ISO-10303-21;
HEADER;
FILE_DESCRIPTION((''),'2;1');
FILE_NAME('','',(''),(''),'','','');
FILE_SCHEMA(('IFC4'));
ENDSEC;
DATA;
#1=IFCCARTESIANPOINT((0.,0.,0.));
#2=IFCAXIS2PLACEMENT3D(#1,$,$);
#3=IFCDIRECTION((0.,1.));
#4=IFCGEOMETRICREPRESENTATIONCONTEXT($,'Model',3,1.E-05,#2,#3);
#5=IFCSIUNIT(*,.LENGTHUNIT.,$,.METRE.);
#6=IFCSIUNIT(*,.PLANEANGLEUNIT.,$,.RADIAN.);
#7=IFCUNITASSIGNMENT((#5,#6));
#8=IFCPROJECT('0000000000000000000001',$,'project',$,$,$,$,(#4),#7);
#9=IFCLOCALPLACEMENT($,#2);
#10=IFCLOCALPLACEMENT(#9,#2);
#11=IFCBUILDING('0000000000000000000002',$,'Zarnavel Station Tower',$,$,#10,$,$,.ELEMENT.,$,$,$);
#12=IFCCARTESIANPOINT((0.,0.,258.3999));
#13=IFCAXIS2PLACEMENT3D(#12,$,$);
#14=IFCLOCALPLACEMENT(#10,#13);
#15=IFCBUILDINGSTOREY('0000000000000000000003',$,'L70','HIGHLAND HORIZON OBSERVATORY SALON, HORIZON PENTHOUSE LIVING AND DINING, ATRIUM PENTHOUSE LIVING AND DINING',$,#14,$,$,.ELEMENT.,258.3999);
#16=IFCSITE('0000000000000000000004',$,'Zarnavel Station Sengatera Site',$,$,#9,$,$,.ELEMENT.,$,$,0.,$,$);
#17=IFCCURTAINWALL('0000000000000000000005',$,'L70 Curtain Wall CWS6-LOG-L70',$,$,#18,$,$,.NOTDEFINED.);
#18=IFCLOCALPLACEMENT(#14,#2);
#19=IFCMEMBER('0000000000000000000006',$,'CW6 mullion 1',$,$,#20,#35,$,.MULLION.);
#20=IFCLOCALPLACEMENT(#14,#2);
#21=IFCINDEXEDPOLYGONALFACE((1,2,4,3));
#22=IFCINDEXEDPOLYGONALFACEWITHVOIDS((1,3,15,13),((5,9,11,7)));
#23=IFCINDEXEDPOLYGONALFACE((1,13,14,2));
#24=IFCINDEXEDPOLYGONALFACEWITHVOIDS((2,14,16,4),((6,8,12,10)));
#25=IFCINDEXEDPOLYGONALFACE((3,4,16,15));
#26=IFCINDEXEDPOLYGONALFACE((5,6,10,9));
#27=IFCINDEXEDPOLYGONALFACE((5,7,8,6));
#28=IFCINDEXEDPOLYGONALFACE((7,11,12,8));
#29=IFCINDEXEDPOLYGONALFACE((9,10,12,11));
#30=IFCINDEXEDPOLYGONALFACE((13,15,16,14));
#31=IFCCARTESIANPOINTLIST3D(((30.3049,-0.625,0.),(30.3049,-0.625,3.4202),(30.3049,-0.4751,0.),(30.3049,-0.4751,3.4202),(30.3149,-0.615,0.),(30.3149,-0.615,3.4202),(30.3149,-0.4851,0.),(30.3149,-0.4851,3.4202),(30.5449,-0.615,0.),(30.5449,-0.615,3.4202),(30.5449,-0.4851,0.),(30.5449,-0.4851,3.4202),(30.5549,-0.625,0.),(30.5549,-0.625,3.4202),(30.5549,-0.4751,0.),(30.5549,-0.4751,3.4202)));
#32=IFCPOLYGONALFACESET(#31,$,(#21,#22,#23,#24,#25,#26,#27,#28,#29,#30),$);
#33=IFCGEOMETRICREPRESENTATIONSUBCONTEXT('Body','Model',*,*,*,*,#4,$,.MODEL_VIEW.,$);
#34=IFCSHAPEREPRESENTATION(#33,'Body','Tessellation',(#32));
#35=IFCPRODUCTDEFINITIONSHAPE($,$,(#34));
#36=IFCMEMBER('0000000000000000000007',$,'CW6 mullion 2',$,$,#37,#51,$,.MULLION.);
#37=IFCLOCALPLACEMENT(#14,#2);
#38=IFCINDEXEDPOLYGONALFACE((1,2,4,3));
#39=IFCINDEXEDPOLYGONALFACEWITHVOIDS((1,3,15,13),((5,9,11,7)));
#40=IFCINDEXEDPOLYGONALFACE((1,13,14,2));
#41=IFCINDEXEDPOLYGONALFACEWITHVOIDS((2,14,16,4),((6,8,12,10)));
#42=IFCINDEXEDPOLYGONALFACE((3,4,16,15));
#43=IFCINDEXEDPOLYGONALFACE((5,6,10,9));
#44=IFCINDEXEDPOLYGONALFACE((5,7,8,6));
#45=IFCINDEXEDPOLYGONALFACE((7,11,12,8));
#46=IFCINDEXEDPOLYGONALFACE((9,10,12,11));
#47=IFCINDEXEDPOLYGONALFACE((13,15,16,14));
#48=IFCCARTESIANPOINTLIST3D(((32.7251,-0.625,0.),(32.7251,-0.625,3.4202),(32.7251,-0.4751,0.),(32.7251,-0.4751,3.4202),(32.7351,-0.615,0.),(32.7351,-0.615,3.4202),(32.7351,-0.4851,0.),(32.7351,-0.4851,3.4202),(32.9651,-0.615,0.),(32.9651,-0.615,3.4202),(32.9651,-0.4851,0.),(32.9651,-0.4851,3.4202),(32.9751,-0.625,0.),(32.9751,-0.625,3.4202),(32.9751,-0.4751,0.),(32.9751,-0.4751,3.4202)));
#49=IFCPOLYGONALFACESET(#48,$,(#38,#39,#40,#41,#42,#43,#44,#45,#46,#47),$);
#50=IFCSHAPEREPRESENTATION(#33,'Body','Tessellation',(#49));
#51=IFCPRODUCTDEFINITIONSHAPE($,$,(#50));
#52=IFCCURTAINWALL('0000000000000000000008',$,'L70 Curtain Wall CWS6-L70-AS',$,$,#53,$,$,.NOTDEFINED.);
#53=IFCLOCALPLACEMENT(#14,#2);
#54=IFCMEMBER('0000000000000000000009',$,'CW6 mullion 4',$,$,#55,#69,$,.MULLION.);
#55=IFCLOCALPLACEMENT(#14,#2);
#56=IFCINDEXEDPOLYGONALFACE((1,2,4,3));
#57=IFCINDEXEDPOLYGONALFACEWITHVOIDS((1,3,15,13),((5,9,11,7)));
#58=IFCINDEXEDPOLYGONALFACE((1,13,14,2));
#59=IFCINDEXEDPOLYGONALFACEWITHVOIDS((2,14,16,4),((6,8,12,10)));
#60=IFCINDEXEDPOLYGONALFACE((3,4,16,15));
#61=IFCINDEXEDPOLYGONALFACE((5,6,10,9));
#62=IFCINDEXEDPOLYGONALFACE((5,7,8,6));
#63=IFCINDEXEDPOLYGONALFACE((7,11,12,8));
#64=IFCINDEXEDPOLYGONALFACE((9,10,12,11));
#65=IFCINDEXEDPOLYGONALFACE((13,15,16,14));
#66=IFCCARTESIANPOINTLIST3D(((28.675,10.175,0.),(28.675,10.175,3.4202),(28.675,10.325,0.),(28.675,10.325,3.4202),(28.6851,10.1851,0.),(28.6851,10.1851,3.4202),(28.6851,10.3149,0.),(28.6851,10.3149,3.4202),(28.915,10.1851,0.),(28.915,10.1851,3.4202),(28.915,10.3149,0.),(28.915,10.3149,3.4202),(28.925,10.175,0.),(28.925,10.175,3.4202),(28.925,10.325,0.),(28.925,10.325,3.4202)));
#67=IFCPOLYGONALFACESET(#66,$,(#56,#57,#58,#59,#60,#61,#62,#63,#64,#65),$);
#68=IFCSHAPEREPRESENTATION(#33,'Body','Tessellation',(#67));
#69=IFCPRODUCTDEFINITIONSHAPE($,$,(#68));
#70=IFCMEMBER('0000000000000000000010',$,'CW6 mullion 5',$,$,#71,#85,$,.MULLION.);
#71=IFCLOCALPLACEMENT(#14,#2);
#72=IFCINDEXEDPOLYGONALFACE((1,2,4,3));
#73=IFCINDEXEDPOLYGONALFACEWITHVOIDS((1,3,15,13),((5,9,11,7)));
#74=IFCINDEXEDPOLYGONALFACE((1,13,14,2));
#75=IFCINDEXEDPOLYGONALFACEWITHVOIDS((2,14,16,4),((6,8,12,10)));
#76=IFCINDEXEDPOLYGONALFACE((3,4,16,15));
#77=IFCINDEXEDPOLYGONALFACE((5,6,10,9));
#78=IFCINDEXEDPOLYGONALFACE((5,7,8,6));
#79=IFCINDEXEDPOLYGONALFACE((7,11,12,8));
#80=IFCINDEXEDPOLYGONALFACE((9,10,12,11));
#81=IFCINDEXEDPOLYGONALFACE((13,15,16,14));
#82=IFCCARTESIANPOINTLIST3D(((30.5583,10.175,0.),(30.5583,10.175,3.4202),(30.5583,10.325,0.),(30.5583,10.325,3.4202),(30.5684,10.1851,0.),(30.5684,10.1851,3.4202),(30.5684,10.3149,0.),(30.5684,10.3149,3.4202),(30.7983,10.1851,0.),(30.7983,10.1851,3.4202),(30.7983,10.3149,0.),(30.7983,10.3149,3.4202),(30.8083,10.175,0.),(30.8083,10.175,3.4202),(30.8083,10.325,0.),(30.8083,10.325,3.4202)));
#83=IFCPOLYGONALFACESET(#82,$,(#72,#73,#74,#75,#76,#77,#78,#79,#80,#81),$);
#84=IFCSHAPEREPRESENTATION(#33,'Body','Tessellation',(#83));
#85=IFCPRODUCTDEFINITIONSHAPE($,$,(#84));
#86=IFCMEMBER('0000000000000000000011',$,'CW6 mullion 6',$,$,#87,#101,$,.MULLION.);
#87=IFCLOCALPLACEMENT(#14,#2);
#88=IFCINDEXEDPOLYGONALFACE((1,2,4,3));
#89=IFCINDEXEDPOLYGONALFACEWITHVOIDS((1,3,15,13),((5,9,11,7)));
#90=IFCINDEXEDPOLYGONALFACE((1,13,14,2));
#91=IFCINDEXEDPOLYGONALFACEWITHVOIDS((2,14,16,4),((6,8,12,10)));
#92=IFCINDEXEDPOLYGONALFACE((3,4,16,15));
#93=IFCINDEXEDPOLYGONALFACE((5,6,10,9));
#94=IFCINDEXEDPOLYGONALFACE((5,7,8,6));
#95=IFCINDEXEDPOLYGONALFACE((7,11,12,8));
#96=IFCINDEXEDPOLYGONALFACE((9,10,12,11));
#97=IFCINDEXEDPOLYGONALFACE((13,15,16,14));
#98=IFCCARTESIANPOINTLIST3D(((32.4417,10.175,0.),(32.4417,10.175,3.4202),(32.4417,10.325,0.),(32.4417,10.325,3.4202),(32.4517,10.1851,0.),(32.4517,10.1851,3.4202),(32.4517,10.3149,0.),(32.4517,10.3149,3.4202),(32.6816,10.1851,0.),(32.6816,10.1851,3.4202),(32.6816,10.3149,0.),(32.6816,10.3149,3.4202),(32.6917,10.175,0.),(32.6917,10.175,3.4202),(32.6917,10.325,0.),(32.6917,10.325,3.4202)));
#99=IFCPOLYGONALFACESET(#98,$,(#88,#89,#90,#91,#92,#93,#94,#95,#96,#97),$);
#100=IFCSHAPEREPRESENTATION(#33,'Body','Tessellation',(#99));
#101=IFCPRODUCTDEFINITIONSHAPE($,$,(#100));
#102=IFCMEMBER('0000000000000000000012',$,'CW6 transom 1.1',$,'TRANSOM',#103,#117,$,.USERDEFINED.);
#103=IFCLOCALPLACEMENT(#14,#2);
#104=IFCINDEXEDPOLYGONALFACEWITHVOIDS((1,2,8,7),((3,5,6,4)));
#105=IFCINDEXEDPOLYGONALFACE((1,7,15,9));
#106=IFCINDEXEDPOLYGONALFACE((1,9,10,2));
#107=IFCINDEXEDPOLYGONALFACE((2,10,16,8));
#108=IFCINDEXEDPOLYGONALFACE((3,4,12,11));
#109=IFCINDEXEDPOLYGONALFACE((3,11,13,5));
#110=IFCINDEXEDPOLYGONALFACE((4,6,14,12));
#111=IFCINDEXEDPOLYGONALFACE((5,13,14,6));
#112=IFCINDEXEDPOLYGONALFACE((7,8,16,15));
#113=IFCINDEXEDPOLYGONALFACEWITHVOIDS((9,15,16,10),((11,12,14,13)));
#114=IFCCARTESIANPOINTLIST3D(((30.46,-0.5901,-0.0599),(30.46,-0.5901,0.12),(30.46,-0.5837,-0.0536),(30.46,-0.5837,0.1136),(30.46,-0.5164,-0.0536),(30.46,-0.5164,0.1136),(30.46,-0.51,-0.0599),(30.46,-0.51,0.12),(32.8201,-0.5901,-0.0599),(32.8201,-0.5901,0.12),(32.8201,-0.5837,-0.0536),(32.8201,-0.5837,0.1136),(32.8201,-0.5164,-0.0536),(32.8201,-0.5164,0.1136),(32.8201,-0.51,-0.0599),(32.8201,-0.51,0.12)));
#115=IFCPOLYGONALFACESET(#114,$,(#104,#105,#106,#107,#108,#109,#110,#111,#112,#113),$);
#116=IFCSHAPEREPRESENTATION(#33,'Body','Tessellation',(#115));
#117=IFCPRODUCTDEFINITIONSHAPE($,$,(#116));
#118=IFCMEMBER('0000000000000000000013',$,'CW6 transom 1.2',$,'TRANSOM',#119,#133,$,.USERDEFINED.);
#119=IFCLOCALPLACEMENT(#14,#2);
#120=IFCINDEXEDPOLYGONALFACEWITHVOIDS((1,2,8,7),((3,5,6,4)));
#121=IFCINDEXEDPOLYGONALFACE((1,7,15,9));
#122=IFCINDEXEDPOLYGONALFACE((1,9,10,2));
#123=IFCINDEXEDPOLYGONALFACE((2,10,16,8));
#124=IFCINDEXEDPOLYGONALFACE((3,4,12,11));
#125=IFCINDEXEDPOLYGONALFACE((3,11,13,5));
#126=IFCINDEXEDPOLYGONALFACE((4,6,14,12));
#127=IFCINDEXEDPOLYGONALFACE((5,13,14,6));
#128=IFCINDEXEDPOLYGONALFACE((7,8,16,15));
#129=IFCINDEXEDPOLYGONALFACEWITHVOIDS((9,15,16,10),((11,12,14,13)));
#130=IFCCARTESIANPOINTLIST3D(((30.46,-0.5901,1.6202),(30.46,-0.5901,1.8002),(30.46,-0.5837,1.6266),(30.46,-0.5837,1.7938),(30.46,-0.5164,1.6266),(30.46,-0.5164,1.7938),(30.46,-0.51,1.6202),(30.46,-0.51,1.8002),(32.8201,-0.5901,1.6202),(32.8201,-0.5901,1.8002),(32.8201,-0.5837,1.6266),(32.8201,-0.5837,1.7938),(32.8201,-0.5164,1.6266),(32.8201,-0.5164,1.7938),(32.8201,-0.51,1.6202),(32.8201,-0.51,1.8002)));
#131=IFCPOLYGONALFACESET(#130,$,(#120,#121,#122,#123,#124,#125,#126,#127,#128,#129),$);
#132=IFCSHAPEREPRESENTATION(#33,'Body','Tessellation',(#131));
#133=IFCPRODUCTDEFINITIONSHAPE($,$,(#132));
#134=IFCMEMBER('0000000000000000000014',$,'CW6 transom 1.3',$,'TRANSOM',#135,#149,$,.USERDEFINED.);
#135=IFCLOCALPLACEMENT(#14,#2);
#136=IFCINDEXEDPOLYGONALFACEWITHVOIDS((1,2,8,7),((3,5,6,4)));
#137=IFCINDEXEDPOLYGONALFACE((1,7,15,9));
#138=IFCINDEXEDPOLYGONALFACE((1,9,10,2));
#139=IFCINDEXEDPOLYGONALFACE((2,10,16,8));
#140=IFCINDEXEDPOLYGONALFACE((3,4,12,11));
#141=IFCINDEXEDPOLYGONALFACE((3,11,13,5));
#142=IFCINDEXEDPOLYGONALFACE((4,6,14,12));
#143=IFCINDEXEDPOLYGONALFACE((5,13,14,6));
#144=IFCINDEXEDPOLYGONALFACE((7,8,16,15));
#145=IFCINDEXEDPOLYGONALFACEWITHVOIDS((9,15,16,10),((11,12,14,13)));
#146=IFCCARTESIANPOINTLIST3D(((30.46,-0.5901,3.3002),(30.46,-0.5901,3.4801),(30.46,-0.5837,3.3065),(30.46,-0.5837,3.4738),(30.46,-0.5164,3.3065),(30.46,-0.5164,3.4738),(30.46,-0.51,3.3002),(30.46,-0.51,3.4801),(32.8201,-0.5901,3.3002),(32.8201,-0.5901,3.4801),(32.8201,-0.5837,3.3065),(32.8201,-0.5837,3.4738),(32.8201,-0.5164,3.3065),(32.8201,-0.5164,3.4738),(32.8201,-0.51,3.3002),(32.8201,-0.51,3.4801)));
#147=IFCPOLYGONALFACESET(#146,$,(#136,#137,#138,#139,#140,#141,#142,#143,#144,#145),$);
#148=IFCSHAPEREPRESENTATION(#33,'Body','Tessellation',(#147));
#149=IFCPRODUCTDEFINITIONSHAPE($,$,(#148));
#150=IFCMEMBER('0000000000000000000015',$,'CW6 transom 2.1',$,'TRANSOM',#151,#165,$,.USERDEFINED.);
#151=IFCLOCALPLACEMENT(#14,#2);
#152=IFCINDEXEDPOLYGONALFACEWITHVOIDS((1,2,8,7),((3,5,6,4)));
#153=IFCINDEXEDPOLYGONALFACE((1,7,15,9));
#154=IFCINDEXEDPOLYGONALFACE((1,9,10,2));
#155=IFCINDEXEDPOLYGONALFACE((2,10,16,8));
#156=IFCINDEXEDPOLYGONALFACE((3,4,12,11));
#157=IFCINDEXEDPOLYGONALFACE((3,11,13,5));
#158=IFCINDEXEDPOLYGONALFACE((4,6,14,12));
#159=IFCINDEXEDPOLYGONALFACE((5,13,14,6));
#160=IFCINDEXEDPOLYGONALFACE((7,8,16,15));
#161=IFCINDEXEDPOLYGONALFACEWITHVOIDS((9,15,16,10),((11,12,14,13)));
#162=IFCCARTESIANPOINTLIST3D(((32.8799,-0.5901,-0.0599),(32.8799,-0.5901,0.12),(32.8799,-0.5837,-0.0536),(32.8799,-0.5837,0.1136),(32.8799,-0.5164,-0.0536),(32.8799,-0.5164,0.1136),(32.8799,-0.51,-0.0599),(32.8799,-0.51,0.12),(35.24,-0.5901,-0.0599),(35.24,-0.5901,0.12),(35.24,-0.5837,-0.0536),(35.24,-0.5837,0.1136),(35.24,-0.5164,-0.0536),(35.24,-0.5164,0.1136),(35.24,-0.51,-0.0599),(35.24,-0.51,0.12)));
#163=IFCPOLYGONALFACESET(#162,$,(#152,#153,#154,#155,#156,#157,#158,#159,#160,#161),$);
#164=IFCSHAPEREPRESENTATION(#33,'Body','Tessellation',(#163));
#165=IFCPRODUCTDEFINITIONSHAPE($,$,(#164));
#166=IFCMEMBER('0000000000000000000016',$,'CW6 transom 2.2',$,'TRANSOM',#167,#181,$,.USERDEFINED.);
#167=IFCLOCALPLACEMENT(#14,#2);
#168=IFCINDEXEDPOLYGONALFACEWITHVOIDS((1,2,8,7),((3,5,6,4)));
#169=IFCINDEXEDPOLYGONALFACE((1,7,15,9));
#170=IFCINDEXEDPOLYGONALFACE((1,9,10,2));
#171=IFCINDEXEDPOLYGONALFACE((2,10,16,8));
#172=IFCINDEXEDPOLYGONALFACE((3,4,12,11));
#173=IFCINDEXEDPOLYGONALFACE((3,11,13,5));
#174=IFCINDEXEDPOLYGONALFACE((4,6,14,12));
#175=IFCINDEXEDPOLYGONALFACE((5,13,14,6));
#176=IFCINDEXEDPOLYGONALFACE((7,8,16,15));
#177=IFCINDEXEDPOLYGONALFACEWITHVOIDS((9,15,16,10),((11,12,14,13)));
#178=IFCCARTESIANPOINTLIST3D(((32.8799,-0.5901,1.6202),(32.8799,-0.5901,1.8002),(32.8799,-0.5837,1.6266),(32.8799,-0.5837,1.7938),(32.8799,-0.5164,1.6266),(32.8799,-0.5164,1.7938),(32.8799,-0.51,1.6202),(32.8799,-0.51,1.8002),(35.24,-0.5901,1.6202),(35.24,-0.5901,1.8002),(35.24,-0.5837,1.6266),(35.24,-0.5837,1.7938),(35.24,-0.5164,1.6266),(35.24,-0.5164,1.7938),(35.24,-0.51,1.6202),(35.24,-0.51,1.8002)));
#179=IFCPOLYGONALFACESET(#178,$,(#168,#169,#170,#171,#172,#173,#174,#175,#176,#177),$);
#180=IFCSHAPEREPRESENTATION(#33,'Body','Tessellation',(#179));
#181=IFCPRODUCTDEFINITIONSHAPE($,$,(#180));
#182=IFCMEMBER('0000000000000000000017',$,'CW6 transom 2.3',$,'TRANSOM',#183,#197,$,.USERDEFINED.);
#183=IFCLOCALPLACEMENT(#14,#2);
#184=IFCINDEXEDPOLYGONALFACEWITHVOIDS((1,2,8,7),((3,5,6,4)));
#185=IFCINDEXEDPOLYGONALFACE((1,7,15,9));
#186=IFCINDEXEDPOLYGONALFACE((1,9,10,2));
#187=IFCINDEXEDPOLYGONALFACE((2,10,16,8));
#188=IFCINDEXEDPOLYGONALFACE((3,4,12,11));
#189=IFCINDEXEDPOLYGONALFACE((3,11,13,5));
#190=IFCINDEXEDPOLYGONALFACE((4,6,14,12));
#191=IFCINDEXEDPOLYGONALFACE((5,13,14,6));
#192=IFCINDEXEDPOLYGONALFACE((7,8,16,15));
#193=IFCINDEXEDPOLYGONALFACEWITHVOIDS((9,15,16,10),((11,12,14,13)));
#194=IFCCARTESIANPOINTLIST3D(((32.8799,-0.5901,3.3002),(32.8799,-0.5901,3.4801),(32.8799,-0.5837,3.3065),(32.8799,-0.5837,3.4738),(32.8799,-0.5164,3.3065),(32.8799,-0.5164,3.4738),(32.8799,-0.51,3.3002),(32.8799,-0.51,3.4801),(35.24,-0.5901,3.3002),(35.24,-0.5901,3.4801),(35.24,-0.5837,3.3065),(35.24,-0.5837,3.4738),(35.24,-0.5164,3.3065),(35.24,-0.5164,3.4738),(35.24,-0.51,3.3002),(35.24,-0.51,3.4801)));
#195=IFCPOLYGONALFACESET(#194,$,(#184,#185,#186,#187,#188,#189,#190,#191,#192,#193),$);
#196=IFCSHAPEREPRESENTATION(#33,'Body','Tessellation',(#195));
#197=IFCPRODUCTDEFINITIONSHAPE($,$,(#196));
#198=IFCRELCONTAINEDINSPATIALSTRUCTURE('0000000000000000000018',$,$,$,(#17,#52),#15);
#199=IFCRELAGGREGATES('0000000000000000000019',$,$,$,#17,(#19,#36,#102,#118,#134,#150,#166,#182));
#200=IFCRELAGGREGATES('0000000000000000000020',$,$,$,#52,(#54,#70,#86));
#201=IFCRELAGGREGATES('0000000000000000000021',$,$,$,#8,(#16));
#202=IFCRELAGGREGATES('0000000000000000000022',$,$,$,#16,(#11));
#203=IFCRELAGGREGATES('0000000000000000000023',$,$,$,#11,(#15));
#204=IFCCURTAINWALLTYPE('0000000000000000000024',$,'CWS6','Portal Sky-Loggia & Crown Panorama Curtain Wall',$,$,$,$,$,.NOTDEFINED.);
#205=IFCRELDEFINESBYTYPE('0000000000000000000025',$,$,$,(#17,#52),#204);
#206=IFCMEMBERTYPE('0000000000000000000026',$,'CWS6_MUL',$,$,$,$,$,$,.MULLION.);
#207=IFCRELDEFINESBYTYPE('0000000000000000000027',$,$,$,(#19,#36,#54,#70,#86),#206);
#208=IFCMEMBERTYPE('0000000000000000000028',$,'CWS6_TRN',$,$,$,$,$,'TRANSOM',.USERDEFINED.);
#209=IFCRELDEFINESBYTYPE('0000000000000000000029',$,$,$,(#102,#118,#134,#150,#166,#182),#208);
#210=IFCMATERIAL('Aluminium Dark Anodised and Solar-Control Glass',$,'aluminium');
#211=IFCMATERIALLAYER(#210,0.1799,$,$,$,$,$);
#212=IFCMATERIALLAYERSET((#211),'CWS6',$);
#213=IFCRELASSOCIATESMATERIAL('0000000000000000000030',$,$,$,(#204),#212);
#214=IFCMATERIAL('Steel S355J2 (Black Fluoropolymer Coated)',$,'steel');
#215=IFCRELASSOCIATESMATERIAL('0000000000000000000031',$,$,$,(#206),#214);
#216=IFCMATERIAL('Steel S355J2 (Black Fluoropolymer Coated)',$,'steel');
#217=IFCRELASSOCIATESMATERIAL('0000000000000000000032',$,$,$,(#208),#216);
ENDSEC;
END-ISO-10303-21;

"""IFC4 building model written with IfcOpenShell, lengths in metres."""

from ifc_helpers import new_model, si_unit, direction, frame, origin, origin_2d, place, context, subcontext, project, spatial, hollow_rectangle, extrude, material, layer, layer_set, material_profile, profile_set, type_object, element, aggregate, save


model = new_model("IFC4")

# Units and contexts
model_context = context("Model", 3, precision=1e-05, world=origin(), true_north=direction((0.0, 1.0)))
body_context = subcontext(model_context, "Body", "Model", "MODEL_VIEW")
ifc_project = project(units=[si_unit("LENGTHUNIT", "METRE"), si_unit("PLANEANGLEUNIT", "RADIAN")], contexts=[model_context])

# Site, building, storey
site_placement = place(None, origin())
site = spatial("IfcSite", under=ifc_project, at=site_placement, Name="Zarnavel Station Sengatera Site", CompositionType="ELEMENT", RefElevation=0.0)
building_placement = place(site_placement, origin())
building = spatial("IfcBuilding", under=site, at=building_placement, Name="Zarnavel Station Tower", CompositionType="ELEMENT")
storey_placement = place(building_placement, frame((0.0, 0.0, 258.3999)))
storey = spatial("IfcBuildingStorey", under=building, at=storey_placement, Name="L70", Description="HIGHLAND HORIZON OBSERVATORY SALON, HORIZON PENTHOUSE LIVING AND DINING, ATRIUM PENTHOUSE LIVING AND DINING", CompositionType="ELEMENT", Elevation=258.3999)

# Curtain walls, members
ifc_material_1 = material(Name="Aluminium Dark Anodised and Solar-Control Glass", Category="aluminium")
ifc_layer_1 = layer(ifc_material_1, 0.1799)
ifc_layer_set_1 = layer_set([ifc_layer_1], Name="CWS6")
curtain_wall_type = type_object("IfcCurtainWallType", Name="CWS6", Description="Portal Sky-Loggia & Crown Panorama Curtain Wall", PredefinedType="NOTDEFINED", material=ifc_layer_set_1)
curtain_wall_1_placement = place(storey_placement, origin())
curtain_wall_1 = element("IfcCurtainWall", 1, at=curtain_wall_1_placement, inside=storey, type_object=curtain_wall_type, Name="L70 Curtain Wall CWS6-LOG-L70", PredefinedType="NOTDEFINED")
ifc_material_2 = material(Name="Steel S355J2 (Black Fluoropolymer Coated)", Category="steel")
ifc_material_profile_1 = material_profile(ifc_material_2, hollow_rectangle(XDim=0.1499, YDim=0.25, WallThickness=0.01, at=origin_2d()), Name="RHS250x150x10")
ifc_profile_set_1 = profile_set([ifc_material_profile_1], Name="Steel S355J2 (Black Fluoropolymer Coated)")
member_type_1 = type_object("IfcMemberType", Name="CWS6_MUL", PredefinedType="MULLION", material=ifc_profile_set_1)
member_1_placement = place(storey_placement, frame((30.4299, -0.55, 0.0), z_axis=(0.0, 0.0, 1.0), x_axis=(0.0, 1.0, 0.0)))
member_1 = element("IfcMember", 2, at=member_1_placement, type_object=member_type_1, Name="CW6 mullion 1", PredefinedType="MULLION", context=body_context, shape_type="SweptSolid", body=[
    extrude(hollow_rectangle(XDim=0.1499, YDim=0.25, WallThickness=0.01, at=origin_2d()), origin(), (0.0, 0.0, 1.0), 3.4202),
])
member_2_placement = place(storey_placement, frame((32.8501, -0.55, 0.0), z_axis=(0.0, 0.0, 1.0), x_axis=(0.0, 1.0, 0.0)))
member_2 = element("IfcMember", 3, at=member_2_placement, type_object=member_type_1, Name="CW6 mullion 2", PredefinedType="MULLION", context=body_context, shape_type="SweptSolid", body=[
    extrude(hollow_rectangle(XDim=0.1499, YDim=0.25, WallThickness=0.01, at=origin_2d()), origin(), (0.0, 0.0, 1.0), 3.4202),
])
curtain_wall_2_placement = place(storey_placement, origin())
curtain_wall_2 = element("IfcCurtainWall", 4, at=curtain_wall_2_placement, inside=storey, type_object=curtain_wall_type, Name="L70 Curtain Wall CWS6-L70-AS", PredefinedType="NOTDEFINED")
member_3_placement = place(storey_placement, frame((28.8, 10.25, 0.0), z_axis=(0.0, 0.0, 1.0), x_axis=(0.0, 1.0, 0.0)))
member_3 = element("IfcMember", 5, at=member_3_placement, type_object=member_type_1, Name="CW6 mullion 4", PredefinedType="MULLION", context=body_context, shape_type="SweptSolid", body=[
    extrude(hollow_rectangle(XDim=0.1499, YDim=0.25, WallThickness=0.01, at=origin_2d()), origin(), (0.0, 0.0, 1.0), 3.4202),
])
member_4_placement = place(storey_placement, frame((30.6833, 10.25, 0.0), z_axis=(0.0, 0.0, 1.0), x_axis=(0.0, 1.0, 0.0)))
member_4 = element("IfcMember", 6, at=member_4_placement, type_object=member_type_1, Name="CW6 mullion 5", PredefinedType="MULLION", context=body_context, shape_type="SweptSolid", body=[
    extrude(hollow_rectangle(XDim=0.1499, YDim=0.25, WallThickness=0.01, at=origin_2d()), origin(), (0.0, 0.0, 1.0), 3.4202),
])
member_5_placement = place(storey_placement, frame((32.5667, 10.25, 0.0), z_axis=(0.0, 0.0, 1.0), x_axis=(0.0, 1.0, 0.0)))
member_5 = element("IfcMember", 7, at=member_5_placement, type_object=member_type_1, Name="CW6 mullion 6", PredefinedType="MULLION", context=body_context, shape_type="SweptSolid", body=[
    extrude(hollow_rectangle(XDim=0.1499, YDim=0.25, WallThickness=0.01, at=origin_2d()), origin(), (0.0, 0.0, 1.0), 3.4202),
])

# Members
ifc_material_3 = material(Name="Steel S355J2 (Black Fluoropolymer Coated)", Category="steel")
ifc_material_profile_2 = material_profile(ifc_material_3, hollow_rectangle(XDim=0.0801, YDim=0.1799, WallThickness=0.0063, at=origin_2d()), Name="RHS180x80x6.3")
ifc_profile_set_2 = profile_set([ifc_material_profile_2], Name="Steel S355J2 (Black Fluoropolymer Coated)")
member_type_2 = type_object("IfcMemberType", Name="CWS6_TRN", ElementType="TRANSOM", PredefinedType="USERDEFINED", material=ifc_profile_set_2)
member_6_placement = place(storey_placement, frame((30.46, -0.55, 0.03), z_axis=(1.0, 0.0, 0.0), x_axis=(0.0, 1.0, 0.0)))
member_6 = element("IfcMember", 8, at=member_6_placement, type_object=member_type_2, Name="CW6 transom 1.1", ObjectType="TRANSOM", PredefinedType="USERDEFINED", context=body_context, shape_type="SweptSolid", body=[
    extrude(hollow_rectangle(XDim=0.0801, YDim=0.1799, WallThickness=0.0063, at=origin_2d()), origin(), (0.0, 0.0, 1.0), 2.3601),
])
member_7_placement = place(storey_placement, frame((30.46, -0.55, 1.7102), z_axis=(1.0, 0.0, 0.0), x_axis=(0.0, 1.0, 0.0)))
member_7 = element("IfcMember", 9, at=member_7_placement, type_object=member_type_2, Name="CW6 transom 1.2", ObjectType="TRANSOM", PredefinedType="USERDEFINED", context=body_context, shape_type="SweptSolid", body=[
    extrude(hollow_rectangle(XDim=0.0801, YDim=0.1799, WallThickness=0.0063, at=origin_2d()), origin(), (0.0, 0.0, 1.0), 2.3601),
])
member_8_placement = place(storey_placement, frame((30.46, -0.55, 3.3901), z_axis=(1.0, 0.0, 0.0), x_axis=(0.0, 1.0, 0.0)))
member_8 = element("IfcMember", 10, at=member_8_placement, type_object=member_type_2, Name="CW6 transom 1.3", ObjectType="TRANSOM", PredefinedType="USERDEFINED", context=body_context, shape_type="SweptSolid", body=[
    extrude(hollow_rectangle(XDim=0.0801, YDim=0.1799, WallThickness=0.0063, at=origin_2d()), origin(), (0.0, 0.0, 1.0), 2.3601),
])
member_9_placement = place(storey_placement, frame((32.8799, -0.55, 0.03), z_axis=(1.0, 0.0, 0.0), x_axis=(0.0, 1.0, 0.0)))
member_9 = element("IfcMember", 11, at=member_9_placement, type_object=member_type_2, Name="CW6 transom 2.1", ObjectType="TRANSOM", PredefinedType="USERDEFINED", context=body_context, shape_type="SweptSolid", body=[
    extrude(hollow_rectangle(XDim=0.0801, YDim=0.1799, WallThickness=0.0063, at=origin_2d()), origin(), (0.0, 0.0, 1.0), 2.3601),
])
member_10_placement = place(storey_placement, frame((32.8799, -0.55, 1.7102), z_axis=(1.0, 0.0, 0.0), x_axis=(0.0, 1.0, 0.0)))
member_10 = element("IfcMember", 12, at=member_10_placement, type_object=member_type_2, Name="CW6 transom 2.2", ObjectType="TRANSOM", PredefinedType="USERDEFINED", context=body_context, shape_type="SweptSolid", body=[
    extrude(hollow_rectangle(XDim=0.0801, YDim=0.1799, WallThickness=0.0063, at=origin_2d()), origin(), (0.0, 0.0, 1.0), 2.3601),
])
member_11_placement = place(storey_placement, frame((32.8799, -0.55, 3.3901), z_axis=(1.0, 0.0, 0.0), x_axis=(0.0, 1.0, 0.0)))
member_11 = element("IfcMember", 13, at=member_11_placement, type_object=member_type_2, Name="CW6 transom 2.3", ObjectType="TRANSOM", PredefinedType="USERDEFINED", context=body_context, shape_type="SweptSolid", body=[
    extrude(hollow_rectangle(XDim=0.0801, YDim=0.1799, WallThickness=0.0063, at=origin_2d()), origin(), (0.0, 0.0, 1.0), 2.3601),
])

aggregate(curtain_wall_1, [member_1, member_2, member_6, member_7, member_8, member_9, member_10, member_11])
aggregate(curtain_wall_2, [member_3, member_4, member_5])

save(model, "model.ifc")
